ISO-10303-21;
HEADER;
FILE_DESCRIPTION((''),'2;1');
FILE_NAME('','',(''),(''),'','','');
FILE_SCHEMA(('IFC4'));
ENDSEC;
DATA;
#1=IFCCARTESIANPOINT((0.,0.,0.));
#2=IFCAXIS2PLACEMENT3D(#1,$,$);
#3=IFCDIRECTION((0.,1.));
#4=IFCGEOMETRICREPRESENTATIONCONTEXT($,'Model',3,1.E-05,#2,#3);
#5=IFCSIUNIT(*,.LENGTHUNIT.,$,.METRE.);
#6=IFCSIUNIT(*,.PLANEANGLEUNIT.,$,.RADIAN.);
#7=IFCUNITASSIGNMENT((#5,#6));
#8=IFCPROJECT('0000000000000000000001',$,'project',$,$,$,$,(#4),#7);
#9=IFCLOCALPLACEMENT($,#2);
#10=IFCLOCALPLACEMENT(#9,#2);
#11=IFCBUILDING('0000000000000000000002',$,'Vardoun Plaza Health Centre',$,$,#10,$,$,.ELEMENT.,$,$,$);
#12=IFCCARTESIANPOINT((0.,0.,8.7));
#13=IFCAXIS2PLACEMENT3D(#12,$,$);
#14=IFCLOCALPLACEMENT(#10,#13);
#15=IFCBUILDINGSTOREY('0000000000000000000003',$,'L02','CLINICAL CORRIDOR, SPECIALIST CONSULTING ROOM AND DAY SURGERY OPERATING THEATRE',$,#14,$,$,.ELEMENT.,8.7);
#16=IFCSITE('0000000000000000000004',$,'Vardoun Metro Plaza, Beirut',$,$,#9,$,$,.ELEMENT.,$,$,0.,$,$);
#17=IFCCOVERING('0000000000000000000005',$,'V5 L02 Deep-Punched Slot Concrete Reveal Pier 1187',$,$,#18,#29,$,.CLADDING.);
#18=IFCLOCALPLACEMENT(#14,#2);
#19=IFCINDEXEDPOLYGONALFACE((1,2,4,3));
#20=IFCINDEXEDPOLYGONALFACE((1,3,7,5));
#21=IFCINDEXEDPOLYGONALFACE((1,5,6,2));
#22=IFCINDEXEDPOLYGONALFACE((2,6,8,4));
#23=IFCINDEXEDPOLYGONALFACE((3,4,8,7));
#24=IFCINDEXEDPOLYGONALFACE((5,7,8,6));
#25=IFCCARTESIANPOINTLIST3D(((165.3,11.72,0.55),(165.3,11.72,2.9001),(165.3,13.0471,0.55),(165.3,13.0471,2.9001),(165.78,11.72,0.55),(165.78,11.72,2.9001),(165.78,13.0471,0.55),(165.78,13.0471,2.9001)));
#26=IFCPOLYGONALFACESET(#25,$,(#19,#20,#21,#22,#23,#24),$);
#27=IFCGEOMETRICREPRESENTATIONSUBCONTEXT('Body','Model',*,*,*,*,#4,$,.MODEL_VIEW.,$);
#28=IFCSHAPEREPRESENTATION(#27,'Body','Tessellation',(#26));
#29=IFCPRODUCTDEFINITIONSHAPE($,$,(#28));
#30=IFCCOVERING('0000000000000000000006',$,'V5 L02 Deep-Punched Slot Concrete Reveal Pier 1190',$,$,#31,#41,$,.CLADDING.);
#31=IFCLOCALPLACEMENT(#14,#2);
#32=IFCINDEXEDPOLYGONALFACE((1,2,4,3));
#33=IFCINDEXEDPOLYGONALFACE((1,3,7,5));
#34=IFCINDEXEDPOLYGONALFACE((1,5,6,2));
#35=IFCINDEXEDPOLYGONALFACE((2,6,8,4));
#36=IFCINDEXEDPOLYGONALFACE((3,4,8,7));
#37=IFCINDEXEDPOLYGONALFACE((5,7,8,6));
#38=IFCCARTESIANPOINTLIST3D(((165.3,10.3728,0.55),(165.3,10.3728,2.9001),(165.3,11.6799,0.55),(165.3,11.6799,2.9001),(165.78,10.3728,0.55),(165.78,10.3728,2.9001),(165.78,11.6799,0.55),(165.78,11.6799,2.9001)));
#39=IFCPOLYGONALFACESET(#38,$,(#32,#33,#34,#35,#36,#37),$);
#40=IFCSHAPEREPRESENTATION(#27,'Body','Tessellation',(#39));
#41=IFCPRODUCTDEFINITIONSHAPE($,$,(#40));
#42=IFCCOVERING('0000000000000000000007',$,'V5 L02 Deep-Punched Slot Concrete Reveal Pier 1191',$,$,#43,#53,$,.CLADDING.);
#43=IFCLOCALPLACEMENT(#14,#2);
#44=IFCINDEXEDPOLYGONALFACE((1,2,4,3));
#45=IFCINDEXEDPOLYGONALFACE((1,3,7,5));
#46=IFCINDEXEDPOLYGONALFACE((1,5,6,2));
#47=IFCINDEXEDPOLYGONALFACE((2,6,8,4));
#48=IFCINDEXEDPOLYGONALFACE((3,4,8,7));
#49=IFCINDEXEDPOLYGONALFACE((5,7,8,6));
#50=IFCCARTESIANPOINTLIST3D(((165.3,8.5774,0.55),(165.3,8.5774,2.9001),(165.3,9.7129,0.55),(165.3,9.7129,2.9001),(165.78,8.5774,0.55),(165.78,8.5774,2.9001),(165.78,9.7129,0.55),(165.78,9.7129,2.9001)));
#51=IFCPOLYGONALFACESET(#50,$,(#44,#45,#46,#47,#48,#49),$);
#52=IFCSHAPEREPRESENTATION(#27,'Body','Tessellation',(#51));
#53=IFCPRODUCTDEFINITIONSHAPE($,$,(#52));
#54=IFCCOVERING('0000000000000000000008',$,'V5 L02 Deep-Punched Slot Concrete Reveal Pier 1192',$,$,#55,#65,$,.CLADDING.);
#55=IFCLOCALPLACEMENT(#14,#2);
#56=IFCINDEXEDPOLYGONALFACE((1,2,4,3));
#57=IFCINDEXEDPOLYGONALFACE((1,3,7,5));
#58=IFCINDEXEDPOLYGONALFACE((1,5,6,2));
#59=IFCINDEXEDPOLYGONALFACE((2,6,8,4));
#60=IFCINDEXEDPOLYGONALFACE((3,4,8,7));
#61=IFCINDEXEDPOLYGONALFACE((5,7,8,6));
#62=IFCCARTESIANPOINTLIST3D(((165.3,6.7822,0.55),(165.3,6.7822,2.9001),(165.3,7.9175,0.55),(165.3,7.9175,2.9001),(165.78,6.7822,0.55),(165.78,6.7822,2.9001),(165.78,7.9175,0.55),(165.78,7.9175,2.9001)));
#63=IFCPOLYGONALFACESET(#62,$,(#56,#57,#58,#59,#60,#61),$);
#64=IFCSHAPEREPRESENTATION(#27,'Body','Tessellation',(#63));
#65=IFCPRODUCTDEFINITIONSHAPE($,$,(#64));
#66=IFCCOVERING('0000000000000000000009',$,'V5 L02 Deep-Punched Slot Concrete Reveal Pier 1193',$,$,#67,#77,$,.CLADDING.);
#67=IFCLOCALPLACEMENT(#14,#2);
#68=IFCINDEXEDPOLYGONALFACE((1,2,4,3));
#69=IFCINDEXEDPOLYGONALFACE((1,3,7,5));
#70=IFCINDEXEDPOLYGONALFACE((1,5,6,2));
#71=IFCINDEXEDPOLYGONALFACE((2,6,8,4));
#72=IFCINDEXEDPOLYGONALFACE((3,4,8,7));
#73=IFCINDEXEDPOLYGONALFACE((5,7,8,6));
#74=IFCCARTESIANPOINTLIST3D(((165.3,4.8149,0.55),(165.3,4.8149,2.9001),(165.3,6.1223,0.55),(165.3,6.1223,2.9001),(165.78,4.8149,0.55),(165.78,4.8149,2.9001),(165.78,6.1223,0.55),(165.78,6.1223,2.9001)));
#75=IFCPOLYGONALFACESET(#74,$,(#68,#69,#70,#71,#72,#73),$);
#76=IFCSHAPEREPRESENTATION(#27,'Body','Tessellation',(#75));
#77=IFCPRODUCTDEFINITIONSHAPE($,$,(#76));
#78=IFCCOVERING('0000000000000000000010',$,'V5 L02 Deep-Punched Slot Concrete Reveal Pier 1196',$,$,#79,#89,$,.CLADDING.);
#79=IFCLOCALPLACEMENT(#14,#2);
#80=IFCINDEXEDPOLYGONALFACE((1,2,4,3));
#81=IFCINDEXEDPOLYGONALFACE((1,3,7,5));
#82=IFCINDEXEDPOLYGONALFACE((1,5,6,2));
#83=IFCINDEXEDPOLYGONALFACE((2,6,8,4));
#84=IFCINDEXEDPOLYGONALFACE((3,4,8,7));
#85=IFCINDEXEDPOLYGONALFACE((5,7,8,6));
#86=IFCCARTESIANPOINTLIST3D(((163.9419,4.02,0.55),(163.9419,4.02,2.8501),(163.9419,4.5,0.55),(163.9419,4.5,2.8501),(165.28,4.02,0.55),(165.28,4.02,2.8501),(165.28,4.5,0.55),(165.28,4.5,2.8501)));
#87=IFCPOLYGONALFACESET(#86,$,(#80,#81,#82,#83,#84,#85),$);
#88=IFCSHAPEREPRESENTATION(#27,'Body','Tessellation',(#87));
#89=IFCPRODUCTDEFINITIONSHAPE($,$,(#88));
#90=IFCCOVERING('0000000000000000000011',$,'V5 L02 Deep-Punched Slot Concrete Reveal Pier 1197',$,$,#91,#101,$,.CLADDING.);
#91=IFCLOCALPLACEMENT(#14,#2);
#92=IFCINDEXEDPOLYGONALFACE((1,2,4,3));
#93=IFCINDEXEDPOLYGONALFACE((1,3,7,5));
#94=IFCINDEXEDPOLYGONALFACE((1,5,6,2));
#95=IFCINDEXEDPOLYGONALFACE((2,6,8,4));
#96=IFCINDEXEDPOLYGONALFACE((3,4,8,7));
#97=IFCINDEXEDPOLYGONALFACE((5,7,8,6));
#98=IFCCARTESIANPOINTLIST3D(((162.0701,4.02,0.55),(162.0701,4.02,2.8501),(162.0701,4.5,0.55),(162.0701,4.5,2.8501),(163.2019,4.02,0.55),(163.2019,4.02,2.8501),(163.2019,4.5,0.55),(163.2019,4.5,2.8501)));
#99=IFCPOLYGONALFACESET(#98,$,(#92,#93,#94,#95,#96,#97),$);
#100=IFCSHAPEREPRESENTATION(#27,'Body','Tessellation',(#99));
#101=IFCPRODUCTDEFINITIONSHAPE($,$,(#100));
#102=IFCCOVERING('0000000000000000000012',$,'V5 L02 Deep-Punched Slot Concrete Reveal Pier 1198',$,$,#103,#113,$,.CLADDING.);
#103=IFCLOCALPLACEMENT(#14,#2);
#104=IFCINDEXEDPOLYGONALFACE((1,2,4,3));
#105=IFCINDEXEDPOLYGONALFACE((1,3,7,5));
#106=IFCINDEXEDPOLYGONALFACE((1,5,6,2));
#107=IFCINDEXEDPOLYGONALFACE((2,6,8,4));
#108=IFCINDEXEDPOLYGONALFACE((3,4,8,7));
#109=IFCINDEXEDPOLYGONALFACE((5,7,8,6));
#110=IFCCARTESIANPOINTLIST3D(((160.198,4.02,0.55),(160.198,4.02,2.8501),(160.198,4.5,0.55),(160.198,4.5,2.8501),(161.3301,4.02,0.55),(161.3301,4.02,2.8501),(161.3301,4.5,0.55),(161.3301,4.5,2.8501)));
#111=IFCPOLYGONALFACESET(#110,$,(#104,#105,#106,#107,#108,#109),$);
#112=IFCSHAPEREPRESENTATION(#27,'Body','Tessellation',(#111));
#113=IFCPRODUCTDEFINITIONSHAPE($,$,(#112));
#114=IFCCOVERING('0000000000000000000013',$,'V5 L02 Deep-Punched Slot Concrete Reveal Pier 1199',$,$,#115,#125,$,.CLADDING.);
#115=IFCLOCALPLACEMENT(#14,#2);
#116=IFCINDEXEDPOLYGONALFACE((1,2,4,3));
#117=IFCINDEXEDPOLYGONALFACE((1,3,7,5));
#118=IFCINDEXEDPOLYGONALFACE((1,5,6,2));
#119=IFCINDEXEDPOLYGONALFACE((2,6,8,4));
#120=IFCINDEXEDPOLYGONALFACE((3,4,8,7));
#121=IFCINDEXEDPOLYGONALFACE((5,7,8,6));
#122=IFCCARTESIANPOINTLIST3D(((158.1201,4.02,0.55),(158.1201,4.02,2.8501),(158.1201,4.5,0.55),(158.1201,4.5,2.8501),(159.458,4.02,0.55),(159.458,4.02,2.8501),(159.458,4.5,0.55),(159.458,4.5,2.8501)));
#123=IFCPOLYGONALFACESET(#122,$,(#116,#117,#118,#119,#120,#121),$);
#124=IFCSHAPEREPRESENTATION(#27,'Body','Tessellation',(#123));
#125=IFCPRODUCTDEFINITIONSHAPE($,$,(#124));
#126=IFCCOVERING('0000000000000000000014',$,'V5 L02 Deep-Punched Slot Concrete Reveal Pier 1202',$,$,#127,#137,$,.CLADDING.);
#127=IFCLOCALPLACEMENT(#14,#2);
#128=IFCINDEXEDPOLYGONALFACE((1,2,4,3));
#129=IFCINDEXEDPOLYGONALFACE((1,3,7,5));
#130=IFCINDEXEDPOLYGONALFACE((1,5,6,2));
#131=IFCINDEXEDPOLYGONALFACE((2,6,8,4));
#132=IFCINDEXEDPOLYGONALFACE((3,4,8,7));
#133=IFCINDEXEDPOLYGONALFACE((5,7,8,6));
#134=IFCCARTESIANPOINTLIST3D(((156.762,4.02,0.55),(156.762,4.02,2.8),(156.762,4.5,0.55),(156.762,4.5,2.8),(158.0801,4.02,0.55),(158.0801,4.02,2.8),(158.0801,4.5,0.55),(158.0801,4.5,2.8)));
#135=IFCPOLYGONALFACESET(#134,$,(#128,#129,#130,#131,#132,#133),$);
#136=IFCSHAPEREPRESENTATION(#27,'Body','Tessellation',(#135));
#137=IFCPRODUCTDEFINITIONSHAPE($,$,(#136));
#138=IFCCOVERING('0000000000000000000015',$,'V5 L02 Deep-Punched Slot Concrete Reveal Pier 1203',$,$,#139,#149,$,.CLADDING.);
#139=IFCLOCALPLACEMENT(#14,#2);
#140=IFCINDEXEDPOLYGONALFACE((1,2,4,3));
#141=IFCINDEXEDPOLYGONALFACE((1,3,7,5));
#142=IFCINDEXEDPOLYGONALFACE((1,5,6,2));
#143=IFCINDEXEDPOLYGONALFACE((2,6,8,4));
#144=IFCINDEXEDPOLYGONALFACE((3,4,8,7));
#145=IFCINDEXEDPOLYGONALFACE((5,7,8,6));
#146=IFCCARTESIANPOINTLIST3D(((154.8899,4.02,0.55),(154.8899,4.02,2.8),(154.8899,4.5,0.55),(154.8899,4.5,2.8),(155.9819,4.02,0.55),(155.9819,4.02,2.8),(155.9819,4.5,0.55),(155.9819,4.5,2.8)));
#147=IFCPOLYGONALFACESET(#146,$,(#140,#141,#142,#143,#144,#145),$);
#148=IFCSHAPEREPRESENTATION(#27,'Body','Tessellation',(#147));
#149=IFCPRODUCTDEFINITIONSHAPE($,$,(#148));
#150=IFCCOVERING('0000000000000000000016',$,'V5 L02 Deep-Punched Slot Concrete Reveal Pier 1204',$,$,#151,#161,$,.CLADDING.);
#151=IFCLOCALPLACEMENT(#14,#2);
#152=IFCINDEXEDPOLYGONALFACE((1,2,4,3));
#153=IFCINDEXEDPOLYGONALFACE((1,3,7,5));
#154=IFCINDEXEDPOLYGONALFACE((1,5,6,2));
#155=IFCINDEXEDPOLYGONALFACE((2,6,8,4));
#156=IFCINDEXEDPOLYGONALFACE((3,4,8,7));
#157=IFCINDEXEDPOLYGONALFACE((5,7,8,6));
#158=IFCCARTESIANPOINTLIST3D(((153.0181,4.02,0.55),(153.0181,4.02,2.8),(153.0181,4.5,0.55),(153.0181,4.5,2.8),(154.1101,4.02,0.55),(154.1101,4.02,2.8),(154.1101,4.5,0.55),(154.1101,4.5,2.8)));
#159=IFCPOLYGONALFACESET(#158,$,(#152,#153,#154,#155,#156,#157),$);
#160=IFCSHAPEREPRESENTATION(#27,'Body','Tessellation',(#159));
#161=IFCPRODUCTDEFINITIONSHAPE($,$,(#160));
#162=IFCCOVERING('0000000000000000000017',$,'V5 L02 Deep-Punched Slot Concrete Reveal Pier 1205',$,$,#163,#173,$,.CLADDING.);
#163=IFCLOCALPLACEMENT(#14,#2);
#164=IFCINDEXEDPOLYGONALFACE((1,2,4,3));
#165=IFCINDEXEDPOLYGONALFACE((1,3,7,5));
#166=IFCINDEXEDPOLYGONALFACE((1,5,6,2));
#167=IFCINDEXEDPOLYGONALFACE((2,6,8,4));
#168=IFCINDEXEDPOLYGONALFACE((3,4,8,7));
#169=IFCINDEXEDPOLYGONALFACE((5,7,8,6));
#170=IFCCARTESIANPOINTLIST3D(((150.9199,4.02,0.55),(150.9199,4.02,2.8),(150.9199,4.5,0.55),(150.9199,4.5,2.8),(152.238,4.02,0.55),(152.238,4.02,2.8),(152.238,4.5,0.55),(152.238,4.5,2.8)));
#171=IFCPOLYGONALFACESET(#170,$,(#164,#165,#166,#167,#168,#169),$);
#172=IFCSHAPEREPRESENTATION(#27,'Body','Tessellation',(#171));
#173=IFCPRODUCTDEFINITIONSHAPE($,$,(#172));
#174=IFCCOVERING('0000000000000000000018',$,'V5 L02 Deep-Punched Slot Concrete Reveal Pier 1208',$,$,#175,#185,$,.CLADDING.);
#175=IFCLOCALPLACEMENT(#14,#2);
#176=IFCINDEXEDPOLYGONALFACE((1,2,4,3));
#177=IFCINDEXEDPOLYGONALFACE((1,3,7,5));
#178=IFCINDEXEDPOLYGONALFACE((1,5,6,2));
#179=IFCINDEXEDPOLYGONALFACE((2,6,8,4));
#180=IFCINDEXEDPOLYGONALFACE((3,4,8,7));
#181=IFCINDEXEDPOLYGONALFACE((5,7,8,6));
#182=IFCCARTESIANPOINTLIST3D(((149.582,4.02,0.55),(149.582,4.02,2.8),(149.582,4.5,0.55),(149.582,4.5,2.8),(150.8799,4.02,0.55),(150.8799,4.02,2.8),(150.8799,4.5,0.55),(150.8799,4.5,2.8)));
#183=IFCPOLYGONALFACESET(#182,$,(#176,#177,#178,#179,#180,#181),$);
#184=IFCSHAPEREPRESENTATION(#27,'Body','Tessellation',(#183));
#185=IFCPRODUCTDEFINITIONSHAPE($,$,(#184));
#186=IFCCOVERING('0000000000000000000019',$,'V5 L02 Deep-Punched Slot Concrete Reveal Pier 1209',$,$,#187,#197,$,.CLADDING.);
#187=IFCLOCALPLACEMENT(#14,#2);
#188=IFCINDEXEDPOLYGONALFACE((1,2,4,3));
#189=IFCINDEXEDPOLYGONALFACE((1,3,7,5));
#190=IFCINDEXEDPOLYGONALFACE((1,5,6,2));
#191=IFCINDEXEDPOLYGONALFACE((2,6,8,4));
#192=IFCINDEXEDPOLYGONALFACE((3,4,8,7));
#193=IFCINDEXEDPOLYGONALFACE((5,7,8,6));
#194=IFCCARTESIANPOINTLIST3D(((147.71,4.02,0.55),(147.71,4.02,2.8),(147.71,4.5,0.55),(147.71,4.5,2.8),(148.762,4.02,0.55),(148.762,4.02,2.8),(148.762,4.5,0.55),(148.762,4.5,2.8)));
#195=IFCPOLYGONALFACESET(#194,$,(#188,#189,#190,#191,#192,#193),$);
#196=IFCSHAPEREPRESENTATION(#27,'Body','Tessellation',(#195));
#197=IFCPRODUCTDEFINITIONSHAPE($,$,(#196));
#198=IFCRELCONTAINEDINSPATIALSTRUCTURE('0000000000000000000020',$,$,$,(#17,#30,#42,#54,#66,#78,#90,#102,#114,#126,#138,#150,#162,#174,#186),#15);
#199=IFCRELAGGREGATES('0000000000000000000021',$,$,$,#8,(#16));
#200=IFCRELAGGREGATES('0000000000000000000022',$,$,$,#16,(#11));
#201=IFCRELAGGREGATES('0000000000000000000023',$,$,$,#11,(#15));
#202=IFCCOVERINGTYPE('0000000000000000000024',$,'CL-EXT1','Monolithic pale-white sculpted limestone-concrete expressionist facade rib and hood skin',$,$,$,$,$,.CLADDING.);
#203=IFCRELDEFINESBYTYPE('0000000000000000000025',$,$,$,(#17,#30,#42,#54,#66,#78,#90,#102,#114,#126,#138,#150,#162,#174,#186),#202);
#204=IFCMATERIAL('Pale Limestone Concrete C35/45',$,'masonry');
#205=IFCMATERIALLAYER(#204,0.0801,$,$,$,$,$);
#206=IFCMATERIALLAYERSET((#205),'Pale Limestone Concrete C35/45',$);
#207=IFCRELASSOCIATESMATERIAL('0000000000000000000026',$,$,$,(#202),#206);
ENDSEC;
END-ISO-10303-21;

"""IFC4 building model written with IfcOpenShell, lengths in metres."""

from ifc_helpers import new_model, si_unit, direction, frame, origin, place, context, subcontext, project, spatial, polyline, outline, extrude, material, layer, layer_set, type_object, element, save


model = new_model("IFC4")

# Units and contexts
model_context = context("Model", 3, precision=1e-05, world=origin(), true_north=direction((0.0, 1.0)))
body_context = subcontext(model_context, "Body", "Model", "MODEL_VIEW")
ifc_project = project(units=[si_unit("LENGTHUNIT", "METRE"), si_unit("PLANEANGLEUNIT", "RADIAN")], contexts=[model_context])

# Site, building, storey
site_placement = place(None, origin())
site = spatial("IfcSite", under=ifc_project, at=site_placement, Name="Vardoun Metro Plaza, Beirut", CompositionType="ELEMENT", RefElevation=0.0)
building_placement = place(site_placement, origin())
building = spatial("IfcBuilding", under=site, at=building_placement, Name="Vardoun Plaza Health Centre", CompositionType="ELEMENT")
storey_placement = place(building_placement, frame((0.0, 0.0, 8.7)))
storey = spatial("IfcBuildingStorey", under=building, at=storey_placement, Name="L02", Description="CLINICAL CORRIDOR, SPECIALIST CONSULTING ROOM AND DAY SURGERY OPERATING THEATRE", CompositionType="ELEMENT", Elevation=8.7)

# Coverings
ifc_material = material(Name="Pale Limestone Concrete C35/45", Category="masonry")
ifc_layer = layer(ifc_material, 0.0801)
ifc_layer_set = layer_set([ifc_layer], Name="Pale Limestone Concrete C35/45")
covering_type = type_object("IfcCoveringType", Name="CL-EXT1", Description="Monolithic pale-white sculpted limestone-concrete expressionist facade rib and hood skin", PredefinedType="CLADDING", material=ifc_layer_set)
covering_1_placement = place(storey_placement, frame((0.0, 0.0, 0.55)))
element("IfcCovering", 1, at=covering_1_placement, inside=storey, type_object=covering_type, Name="V5 L02 Deep-Punched Slot Concrete Reveal Pier 1187", PredefinedType="CLADDING", context=body_context, shape_type="SweptSolid", body=[
    extrude(outline(polyline([(165.3, 13.0471), (165.3, 11.72), (165.78, 11.72), (165.78, 13.0471), (165.3, 13.0471)])), origin(), (0.0, 0.0, 1.0), 2.3501),
])
covering_2_placement = place(storey_placement, frame((0.0, 0.0, 0.55)))
element("IfcCovering", 2, at=covering_2_placement, inside=storey, type_object=covering_type, Name="V5 L02 Deep-Punched Slot Concrete Reveal Pier 1190", PredefinedType="CLADDING", context=body_context, shape_type="SweptSolid", body=[
    extrude(outline(polyline([(165.3, 11.6799), (165.3, 10.3728), (165.78, 10.3728), (165.78, 11.6799), (165.3, 11.6799)])), origin(), (0.0, 0.0, 1.0), 2.3501),
])
covering_3_placement = place(storey_placement, frame((0.0, 0.0, 0.55)))
element("IfcCovering", 3, at=covering_3_placement, inside=storey, type_object=covering_type, Name="V5 L02 Deep-Punched Slot Concrete Reveal Pier 1191", PredefinedType="CLADDING", context=body_context, shape_type="SweptSolid", body=[
    extrude(outline(polyline([(165.3, 9.7129), (165.3, 8.5774), (165.78, 8.5774), (165.78, 9.7129), (165.3, 9.7129)])), origin(), (0.0, 0.0, 1.0), 2.3501),
])
covering_4_placement = place(storey_placement, frame((0.0, 0.0, 0.55)))
element("IfcCovering", 4, at=covering_4_placement, inside=storey, type_object=covering_type, Name="V5 L02 Deep-Punched Slot Concrete Reveal Pier 1192", PredefinedType="CLADDING", context=body_context, shape_type="SweptSolid", body=[
    extrude(outline(polyline([(165.3, 7.9175), (165.3, 6.7822), (165.78, 6.7822), (165.78, 7.9175), (165.3, 7.9175)])), origin(), (0.0, 0.0, 1.0), 2.3501),
])
covering_5_placement = place(storey_placement, frame((0.0, 0.0, 0.55)))
element("IfcCovering", 5, at=covering_5_placement, inside=storey, type_object=covering_type, Name="V5 L02 Deep-Punched Slot Concrete Reveal Pier 1193", PredefinedType="CLADDING", context=body_context, shape_type="SweptSolid", body=[
    extrude(outline(polyline([(165.3, 6.1223), (165.3, 4.8149), (165.78, 4.8149), (165.78, 6.1223), (165.3, 6.1223)])), origin(), (0.0, 0.0, 1.0), 2.3501),
])
covering_6_placement = place(storey_placement, frame((0.0, 0.0, 0.55)))
element("IfcCovering", 6, at=covering_6_placement, inside=storey, type_object=covering_type, Name="V5 L02 Deep-Punched Slot Concrete Reveal Pier 1196", PredefinedType="CLADDING", context=body_context, shape_type="SweptSolid", body=[
    extrude(outline(polyline([(165.28, 4.5), (163.9419, 4.5), (163.9419, 4.02), (165.28, 4.02), (165.28, 4.5)])), origin(), (0.0, 0.0, 1.0), 2.3),
])
covering_7_placement = place(storey_placement, frame((0.0, 0.0, 0.55)))
element("IfcCovering", 7, at=covering_7_placement, inside=storey, type_object=covering_type, Name="V5 L02 Deep-Punched Slot Concrete Reveal Pier 1197", PredefinedType="CLADDING", context=body_context, shape_type="SweptSolid", body=[
    extrude(outline(polyline([(163.2019, 4.5), (162.0701, 4.5), (162.0701, 4.02), (163.2019, 4.02), (163.2019, 4.5)])), origin(), (0.0, 0.0, 1.0), 2.3),
])
covering_8_placement = place(storey_placement, frame((0.0, 0.0, 0.55)))
element("IfcCovering", 8, at=covering_8_placement, inside=storey, type_object=covering_type, Name="V5 L02 Deep-Punched Slot Concrete Reveal Pier 1198", PredefinedType="CLADDING", context=body_context, shape_type="SweptSolid", body=[
    extrude(outline(polyline([(161.3301, 4.5), (160.198, 4.5), (160.198, 4.02), (161.3301, 4.02), (161.3301, 4.5)])), origin(), (0.0, 0.0, 1.0), 2.3),
])
covering_9_placement = place(storey_placement, frame((0.0, 0.0, 0.55)))
element("IfcCovering", 9, at=covering_9_placement, inside=storey, type_object=covering_type, Name="V5 L02 Deep-Punched Slot Concrete Reveal Pier 1199", PredefinedType="CLADDING", context=body_context, shape_type="SweptSolid", body=[
    extrude(outline(polyline([(159.458, 4.5), (158.1201, 4.5), (158.1201, 4.02), (159.458, 4.02), (159.458, 4.5)])), origin(), (0.0, 0.0, 1.0), 2.3),
])
covering_10_placement = place(storey_placement, frame((0.0, 0.0, 0.55)))
element("IfcCovering", 10, at=covering_10_placement, inside=storey, type_object=covering_type, Name="V5 L02 Deep-Punched Slot Concrete Reveal Pier 1202", PredefinedType="CLADDING", context=body_context, shape_type="SweptSolid", body=[
    extrude(outline(polyline([(158.0801, 4.5), (156.762, 4.5), (156.762, 4.02), (158.0801, 4.02), (158.0801, 4.5)])), origin(), (0.0, 0.0, 1.0), 2.25),
])
covering_11_placement = place(storey_placement, frame((0.0, 0.0, 0.55)))
element("IfcCovering", 11, at=covering_11_placement, inside=storey, type_object=covering_type, Name="V5 L02 Deep-Punched Slot Concrete Reveal Pier 1203", PredefinedType="CLADDING", context=body_context, shape_type="SweptSolid", body=[
    extrude(outline(polyline([(155.9819, 4.5), (154.8899, 4.5), (154.8899, 4.02), (155.9819, 4.02), (155.9819, 4.5)])), origin(), (0.0, 0.0, 1.0), 2.25),
])
covering_12_placement = place(storey_placement, frame((0.0, 0.0, 0.55)))
element("IfcCovering", 12, at=covering_12_placement, inside=storey, type_object=covering_type, Name="V5 L02 Deep-Punched Slot Concrete Reveal Pier 1204", PredefinedType="CLADDING", context=body_context, shape_type="SweptSolid", body=[
    extrude(outline(polyline([(154.1101, 4.5), (153.0181, 4.5), (153.0181, 4.02), (154.1101, 4.02), (154.1101, 4.5)])), origin(), (0.0, 0.0, 1.0), 2.25),
])
covering_13_placement = place(storey_placement, frame((0.0, 0.0, 0.55)))
element("IfcCovering", 13, at=covering_13_placement, inside=storey, type_object=covering_type, Name="V5 L02 Deep-Punched Slot Concrete Reveal Pier 1205", PredefinedType="CLADDING", context=body_context, shape_type="SweptSolid", body=[
    extrude(outline(polyline([(152.238, 4.5), (150.9199, 4.5), (150.9199, 4.02), (152.238, 4.02), (152.238, 4.5)])), origin(), (0.0, 0.0, 1.0), 2.25),
])
covering_14_placement = place(storey_placement, frame((0.0, 0.0, 0.55)))
element("IfcCovering", 14, at=covering_14_placement, inside=storey, type_object=covering_type, Name="V5 L02 Deep-Punched Slot Concrete Reveal Pier 1208", PredefinedType="CLADDING", context=body_context, shape_type="SweptSolid", body=[
    extrude(outline(polyline([(150.8799, 4.5), (149.582, 4.5), (149.582, 4.02), (150.8799, 4.02), (150.8799, 4.5)])), origin(), (0.0, 0.0, 1.0), 2.25),
])
covering_15_placement = place(storey_placement, frame((0.0, 0.0, 0.55)))
element("IfcCovering", 15, at=covering_15_placement, inside=storey, type_object=covering_type, Name="V5 L02 Deep-Punched Slot Concrete Reveal Pier 1209", PredefinedType="CLADDING", context=body_context, shape_type="SweptSolid", body=[
    extrude(outline(polyline([(148.762, 4.5), (147.71, 4.5), (147.71, 4.02), (148.762, 4.02), (148.762, 4.5)])), origin(), (0.0, 0.0, 1.0), 2.25),
])

save(model, "model.ifc")
